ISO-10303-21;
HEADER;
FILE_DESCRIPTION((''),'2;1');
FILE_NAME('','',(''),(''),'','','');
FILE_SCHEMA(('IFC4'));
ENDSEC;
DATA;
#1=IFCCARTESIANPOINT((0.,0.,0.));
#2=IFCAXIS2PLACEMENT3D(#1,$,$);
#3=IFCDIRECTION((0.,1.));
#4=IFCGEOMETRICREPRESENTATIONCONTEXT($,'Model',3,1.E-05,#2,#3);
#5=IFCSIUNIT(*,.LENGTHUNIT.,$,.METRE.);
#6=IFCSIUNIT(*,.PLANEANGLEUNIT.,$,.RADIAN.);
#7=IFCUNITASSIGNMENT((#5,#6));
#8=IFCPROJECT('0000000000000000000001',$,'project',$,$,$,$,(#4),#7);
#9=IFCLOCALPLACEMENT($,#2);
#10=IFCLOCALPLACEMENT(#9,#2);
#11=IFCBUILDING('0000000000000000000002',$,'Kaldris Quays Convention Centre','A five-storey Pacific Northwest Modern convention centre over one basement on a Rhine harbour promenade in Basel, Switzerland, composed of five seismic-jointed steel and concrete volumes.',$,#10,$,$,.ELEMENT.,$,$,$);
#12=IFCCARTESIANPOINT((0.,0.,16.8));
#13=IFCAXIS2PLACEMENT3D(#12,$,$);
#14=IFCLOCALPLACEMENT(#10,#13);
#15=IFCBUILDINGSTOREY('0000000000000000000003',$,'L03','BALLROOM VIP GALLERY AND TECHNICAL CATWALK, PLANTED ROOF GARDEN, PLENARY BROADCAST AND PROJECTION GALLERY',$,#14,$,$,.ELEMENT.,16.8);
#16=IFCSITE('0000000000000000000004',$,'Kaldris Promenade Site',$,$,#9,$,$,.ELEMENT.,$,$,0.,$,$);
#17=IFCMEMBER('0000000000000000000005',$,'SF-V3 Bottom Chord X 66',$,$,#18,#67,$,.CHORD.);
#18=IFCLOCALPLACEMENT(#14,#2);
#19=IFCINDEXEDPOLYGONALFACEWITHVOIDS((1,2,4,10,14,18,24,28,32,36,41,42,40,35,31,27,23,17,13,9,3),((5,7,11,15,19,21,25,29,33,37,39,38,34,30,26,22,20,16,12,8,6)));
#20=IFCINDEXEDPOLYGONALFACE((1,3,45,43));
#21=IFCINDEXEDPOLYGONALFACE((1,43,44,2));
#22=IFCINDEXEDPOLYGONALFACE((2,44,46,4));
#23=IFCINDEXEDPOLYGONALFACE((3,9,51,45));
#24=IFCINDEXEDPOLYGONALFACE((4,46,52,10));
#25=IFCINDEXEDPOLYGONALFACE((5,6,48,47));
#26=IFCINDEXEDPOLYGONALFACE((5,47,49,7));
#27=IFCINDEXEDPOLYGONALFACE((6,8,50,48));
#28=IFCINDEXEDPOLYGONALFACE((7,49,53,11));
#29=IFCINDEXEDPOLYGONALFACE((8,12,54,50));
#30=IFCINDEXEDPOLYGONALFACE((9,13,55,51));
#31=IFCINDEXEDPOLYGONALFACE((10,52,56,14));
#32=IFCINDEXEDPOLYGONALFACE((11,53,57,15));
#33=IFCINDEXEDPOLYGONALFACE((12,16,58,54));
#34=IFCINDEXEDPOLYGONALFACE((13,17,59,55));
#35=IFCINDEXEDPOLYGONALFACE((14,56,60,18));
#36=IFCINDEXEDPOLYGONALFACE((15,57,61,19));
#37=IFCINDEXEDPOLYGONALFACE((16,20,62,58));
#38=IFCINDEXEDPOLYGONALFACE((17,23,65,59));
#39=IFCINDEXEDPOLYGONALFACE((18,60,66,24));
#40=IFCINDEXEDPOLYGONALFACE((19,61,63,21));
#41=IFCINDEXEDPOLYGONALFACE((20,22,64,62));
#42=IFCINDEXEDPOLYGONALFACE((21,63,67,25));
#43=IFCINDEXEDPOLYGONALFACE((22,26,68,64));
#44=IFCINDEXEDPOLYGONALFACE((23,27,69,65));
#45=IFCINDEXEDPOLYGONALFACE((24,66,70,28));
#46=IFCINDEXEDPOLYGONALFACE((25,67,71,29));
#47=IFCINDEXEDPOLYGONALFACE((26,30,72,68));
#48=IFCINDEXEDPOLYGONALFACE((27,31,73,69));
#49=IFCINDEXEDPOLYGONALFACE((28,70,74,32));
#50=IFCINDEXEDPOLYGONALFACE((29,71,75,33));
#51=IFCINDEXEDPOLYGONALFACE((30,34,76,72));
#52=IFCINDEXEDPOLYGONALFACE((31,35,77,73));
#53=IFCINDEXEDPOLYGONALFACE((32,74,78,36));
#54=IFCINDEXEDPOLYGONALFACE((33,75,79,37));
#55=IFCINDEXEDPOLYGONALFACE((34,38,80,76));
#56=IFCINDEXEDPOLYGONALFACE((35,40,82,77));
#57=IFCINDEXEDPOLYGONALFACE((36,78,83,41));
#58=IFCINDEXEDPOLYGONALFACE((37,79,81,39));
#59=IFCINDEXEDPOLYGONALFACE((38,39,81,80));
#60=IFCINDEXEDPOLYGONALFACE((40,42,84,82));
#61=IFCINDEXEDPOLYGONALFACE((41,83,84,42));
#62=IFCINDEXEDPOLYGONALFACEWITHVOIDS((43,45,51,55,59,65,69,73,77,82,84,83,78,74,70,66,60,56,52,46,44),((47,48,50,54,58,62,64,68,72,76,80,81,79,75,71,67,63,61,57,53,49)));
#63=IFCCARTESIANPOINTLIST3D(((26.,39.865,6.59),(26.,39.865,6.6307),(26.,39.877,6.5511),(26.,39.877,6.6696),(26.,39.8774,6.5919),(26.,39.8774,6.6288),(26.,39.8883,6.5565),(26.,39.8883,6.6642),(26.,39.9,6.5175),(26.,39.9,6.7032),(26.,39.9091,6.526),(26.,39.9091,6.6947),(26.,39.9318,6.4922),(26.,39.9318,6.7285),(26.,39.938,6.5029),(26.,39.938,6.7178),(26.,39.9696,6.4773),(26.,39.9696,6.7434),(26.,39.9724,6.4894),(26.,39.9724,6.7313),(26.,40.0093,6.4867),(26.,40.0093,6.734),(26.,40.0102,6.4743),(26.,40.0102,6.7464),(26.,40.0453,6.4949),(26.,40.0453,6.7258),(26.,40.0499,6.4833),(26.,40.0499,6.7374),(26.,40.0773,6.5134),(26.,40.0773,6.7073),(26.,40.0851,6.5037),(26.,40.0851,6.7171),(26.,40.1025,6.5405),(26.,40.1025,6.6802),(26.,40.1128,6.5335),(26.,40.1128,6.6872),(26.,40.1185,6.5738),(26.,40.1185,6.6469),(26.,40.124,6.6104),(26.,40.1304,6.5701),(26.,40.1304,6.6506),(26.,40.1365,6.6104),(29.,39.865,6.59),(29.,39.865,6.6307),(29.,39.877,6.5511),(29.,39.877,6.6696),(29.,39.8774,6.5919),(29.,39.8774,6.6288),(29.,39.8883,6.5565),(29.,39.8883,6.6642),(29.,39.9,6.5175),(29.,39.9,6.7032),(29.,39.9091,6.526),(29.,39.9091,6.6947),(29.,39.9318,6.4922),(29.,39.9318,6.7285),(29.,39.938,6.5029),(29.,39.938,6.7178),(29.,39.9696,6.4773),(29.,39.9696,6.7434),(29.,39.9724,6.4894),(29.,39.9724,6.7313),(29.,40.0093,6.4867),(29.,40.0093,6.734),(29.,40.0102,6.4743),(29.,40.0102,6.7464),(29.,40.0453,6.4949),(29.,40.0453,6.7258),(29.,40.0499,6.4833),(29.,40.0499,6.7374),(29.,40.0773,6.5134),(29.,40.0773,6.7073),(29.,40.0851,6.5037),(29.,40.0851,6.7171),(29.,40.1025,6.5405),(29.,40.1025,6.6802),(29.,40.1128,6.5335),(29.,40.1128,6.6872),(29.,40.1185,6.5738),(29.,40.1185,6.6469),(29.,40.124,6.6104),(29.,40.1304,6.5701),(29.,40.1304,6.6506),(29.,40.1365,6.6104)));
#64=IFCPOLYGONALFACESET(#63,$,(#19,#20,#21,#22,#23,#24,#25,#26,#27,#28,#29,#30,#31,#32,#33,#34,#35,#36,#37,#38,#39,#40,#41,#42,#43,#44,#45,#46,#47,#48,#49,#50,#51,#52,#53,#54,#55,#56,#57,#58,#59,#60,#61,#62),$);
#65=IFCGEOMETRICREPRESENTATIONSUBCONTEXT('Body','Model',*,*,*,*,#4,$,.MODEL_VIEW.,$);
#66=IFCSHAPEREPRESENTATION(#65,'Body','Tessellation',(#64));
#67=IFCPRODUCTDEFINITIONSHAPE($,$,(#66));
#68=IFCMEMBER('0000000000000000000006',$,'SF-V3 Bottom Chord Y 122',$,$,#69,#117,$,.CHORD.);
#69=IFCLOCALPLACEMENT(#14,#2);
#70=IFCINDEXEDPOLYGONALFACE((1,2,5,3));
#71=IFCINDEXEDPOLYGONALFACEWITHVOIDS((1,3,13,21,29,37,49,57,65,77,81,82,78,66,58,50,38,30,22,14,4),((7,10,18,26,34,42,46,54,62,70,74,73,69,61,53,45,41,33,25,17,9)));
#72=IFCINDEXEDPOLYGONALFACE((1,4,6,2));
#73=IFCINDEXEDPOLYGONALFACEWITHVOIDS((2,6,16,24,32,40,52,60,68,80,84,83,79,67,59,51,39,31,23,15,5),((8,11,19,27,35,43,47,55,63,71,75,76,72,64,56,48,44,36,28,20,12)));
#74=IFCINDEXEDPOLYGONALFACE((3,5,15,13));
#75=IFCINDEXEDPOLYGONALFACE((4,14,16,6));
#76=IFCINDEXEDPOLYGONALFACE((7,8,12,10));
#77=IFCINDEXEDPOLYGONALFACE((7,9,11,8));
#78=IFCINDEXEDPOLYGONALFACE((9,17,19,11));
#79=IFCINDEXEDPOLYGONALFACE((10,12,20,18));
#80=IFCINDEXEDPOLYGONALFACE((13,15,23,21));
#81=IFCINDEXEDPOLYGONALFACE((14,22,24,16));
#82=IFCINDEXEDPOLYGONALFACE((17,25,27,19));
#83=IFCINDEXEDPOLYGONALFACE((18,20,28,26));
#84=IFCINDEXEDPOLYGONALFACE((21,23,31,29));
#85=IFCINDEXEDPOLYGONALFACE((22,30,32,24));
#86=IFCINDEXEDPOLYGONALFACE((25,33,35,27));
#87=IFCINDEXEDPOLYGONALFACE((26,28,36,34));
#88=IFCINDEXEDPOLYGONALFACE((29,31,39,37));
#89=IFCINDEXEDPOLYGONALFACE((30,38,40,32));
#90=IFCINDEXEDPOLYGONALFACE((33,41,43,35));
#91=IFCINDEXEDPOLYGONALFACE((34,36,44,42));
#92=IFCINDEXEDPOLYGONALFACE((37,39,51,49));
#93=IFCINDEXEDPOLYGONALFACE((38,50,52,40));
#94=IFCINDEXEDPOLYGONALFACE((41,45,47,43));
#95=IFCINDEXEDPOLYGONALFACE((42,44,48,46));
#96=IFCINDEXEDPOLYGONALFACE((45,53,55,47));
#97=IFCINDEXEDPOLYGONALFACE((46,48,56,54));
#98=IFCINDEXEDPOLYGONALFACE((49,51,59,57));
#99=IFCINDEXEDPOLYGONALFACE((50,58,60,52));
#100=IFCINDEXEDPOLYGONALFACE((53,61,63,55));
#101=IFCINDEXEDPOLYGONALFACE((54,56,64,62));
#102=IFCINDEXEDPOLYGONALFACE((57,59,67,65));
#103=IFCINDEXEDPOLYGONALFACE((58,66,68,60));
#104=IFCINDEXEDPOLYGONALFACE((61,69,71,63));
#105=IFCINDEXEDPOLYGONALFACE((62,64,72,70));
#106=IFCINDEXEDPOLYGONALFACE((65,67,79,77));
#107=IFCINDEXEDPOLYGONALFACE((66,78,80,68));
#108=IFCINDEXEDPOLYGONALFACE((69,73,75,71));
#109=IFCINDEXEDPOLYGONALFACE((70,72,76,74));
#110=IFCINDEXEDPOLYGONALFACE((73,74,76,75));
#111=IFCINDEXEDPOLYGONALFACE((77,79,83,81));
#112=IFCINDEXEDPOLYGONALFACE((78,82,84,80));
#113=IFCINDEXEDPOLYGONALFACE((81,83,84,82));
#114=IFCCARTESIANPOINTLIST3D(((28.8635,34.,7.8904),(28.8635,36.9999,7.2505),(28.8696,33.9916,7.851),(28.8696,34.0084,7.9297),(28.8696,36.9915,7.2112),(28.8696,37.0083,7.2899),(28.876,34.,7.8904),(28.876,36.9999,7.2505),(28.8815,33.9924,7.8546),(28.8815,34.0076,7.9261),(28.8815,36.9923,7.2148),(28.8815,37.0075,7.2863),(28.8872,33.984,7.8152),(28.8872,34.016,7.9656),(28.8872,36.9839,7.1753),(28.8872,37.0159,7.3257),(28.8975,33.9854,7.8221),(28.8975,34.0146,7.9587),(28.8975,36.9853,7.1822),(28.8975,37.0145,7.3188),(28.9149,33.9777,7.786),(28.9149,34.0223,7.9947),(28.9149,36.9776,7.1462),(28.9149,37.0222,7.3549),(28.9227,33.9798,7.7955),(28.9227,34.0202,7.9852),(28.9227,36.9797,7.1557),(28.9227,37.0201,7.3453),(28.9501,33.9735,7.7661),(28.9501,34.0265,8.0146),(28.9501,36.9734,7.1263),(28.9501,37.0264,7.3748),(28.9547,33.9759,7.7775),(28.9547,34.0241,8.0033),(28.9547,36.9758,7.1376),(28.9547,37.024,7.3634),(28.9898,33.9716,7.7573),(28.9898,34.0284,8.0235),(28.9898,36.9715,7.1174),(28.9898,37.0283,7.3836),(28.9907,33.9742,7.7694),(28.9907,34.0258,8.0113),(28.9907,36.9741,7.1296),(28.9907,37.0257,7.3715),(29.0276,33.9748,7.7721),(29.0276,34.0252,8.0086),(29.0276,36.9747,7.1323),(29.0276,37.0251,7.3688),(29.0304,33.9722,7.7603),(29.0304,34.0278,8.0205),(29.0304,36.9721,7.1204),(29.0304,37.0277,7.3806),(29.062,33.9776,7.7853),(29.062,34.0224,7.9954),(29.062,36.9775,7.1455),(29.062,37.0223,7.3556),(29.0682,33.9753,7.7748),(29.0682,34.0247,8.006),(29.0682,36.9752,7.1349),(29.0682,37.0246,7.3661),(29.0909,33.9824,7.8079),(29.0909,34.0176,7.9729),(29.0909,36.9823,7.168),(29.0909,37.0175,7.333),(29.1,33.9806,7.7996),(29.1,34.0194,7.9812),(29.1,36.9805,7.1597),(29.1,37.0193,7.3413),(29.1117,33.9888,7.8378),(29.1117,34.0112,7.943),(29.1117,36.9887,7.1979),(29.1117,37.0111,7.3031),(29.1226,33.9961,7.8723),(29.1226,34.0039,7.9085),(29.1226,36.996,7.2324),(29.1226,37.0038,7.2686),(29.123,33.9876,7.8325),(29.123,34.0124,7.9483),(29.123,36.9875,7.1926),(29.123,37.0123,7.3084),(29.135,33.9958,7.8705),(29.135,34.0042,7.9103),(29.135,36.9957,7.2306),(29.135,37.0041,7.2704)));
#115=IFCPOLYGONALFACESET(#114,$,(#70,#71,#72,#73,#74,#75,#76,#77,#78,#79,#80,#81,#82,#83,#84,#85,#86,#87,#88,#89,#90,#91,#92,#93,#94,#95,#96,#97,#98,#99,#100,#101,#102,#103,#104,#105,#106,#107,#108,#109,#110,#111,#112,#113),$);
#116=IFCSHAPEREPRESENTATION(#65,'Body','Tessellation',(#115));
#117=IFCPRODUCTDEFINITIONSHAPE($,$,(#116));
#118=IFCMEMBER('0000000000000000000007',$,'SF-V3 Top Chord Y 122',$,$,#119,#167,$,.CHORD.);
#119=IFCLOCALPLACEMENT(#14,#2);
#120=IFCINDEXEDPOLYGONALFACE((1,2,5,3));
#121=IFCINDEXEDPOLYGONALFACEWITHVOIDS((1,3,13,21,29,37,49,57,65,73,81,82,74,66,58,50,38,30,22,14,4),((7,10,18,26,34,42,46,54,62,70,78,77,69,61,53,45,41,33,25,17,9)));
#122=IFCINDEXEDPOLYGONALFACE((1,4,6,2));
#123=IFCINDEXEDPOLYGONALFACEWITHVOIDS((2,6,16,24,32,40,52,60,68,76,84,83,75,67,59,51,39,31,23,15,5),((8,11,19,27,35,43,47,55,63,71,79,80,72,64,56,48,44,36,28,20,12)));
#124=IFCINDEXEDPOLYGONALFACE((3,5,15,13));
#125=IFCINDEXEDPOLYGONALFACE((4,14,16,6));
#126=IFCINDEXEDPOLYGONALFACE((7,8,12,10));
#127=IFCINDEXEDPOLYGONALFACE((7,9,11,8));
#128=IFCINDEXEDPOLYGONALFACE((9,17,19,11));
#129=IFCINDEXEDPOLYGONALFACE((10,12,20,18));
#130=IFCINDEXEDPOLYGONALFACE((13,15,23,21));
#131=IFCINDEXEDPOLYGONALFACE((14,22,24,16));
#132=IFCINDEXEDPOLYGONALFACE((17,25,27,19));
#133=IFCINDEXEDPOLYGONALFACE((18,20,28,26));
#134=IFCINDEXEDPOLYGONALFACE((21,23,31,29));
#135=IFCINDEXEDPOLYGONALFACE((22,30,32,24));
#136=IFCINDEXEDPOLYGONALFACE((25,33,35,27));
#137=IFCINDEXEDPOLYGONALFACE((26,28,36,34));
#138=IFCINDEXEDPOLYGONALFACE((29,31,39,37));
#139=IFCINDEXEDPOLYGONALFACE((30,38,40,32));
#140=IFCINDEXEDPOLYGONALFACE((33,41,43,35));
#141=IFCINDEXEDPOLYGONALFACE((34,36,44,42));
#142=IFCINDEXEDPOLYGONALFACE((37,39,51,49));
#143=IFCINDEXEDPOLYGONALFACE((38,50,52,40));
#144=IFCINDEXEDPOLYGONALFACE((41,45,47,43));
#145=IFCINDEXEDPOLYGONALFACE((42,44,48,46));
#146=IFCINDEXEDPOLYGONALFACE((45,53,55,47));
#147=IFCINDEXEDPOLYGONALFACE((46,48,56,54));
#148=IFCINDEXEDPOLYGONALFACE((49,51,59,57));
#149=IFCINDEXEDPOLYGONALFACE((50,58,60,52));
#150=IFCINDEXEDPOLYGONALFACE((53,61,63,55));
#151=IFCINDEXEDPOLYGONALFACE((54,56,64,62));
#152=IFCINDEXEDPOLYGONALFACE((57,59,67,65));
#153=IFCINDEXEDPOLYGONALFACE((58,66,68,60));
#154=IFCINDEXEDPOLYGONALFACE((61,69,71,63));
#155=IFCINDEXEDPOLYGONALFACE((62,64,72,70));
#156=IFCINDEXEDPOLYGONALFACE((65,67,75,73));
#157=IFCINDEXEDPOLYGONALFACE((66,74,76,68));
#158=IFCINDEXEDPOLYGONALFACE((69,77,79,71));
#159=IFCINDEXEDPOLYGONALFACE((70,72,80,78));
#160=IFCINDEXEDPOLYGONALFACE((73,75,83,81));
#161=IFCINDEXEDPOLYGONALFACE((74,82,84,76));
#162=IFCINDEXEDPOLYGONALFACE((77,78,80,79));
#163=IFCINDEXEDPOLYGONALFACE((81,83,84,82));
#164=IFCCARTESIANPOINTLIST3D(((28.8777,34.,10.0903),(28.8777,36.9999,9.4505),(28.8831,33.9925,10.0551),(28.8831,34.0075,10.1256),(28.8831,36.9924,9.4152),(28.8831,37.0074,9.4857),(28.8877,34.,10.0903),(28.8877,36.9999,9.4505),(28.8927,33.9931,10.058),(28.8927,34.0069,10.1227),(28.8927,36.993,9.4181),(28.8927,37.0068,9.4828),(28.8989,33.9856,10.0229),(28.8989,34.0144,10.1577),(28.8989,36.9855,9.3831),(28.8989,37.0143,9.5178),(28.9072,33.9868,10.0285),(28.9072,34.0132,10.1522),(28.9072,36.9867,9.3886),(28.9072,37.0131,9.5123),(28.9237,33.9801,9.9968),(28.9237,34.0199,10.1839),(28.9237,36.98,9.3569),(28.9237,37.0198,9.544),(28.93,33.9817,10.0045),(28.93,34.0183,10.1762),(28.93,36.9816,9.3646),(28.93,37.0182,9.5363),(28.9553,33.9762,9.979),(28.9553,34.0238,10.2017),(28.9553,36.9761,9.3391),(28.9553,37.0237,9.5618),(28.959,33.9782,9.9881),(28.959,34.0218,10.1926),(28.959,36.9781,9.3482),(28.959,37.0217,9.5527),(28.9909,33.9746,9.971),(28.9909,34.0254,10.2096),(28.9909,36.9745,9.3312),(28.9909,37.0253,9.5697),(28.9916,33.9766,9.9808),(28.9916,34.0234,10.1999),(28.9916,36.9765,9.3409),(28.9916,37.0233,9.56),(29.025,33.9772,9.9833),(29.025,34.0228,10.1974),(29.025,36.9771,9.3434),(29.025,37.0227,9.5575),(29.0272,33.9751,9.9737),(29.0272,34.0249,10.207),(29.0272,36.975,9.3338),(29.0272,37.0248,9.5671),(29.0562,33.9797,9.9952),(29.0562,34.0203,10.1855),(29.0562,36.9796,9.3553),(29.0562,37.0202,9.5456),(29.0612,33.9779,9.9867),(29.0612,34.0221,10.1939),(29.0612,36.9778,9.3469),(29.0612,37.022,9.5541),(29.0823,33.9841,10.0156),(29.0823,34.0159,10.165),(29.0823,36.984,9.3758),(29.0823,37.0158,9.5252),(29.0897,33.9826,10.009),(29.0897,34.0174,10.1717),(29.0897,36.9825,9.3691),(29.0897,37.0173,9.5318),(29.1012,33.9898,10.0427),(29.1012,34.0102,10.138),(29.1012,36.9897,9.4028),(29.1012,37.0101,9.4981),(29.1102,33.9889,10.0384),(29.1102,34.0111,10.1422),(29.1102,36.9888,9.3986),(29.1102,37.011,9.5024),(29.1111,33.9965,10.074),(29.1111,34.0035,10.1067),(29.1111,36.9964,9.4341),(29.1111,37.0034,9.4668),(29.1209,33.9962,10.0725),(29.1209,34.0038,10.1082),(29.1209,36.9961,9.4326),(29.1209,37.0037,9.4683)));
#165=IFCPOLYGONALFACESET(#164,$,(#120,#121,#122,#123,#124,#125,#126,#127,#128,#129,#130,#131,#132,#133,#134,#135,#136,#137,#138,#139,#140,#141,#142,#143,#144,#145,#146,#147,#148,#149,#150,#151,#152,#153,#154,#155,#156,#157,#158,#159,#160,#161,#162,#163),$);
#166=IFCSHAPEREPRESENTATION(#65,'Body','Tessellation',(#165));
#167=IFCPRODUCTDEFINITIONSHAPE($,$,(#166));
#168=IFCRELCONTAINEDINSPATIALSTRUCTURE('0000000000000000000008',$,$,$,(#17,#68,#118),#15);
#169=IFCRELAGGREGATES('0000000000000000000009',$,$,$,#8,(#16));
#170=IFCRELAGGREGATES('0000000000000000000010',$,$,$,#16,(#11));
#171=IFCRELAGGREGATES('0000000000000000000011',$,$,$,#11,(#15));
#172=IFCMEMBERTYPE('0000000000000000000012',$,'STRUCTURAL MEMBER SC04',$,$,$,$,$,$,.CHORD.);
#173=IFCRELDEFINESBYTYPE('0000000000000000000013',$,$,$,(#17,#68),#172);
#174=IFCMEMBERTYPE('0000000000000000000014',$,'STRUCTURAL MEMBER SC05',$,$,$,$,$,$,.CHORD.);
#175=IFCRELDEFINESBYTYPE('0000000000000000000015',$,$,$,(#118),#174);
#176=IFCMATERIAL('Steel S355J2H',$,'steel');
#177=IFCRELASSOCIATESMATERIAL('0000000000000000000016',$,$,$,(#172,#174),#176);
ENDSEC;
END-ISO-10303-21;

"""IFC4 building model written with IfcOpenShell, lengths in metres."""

from ifc_helpers import new_model, si_unit, direction, frame, origin, origin_2d, place, context, subcontext, project, spatial, hollow_circle, extrude, material, material_profile, profile_set, type_object, element, save


model = new_model("IFC4")

# Units and contexts
model_context = context("Model", 3, precision=1e-05, world=origin(), true_north=direction((0.0, 1.0)))
body_context = subcontext(model_context, "Body", "Model", "MODEL_VIEW")
ifc_project = project(units=[si_unit("LENGTHUNIT", "METRE"), si_unit("PLANEANGLEUNIT", "RADIAN")], contexts=[model_context])

# Site, building, storey
site_placement = place(None, origin())
site = spatial("IfcSite", under=ifc_project, at=site_placement, Name="Kaldris Promenade Site", CompositionType="ELEMENT", RefElevation=0.0)
building_placement = place(site_placement, origin())
building = spatial("IfcBuilding", under=site, at=building_placement, Name="Kaldris Quays Convention Centre", Description="A five-storey Pacific Northwest Modern convention centre over one basement on a Rhine harbour promenade in Basel, Switzerland, composed of five seismic-jointed steel and concrete volumes.", CompositionType="ELEMENT")
storey_placement = place(building_placement, frame((0.0, 0.0, 16.8)))
storey = spatial("IfcBuildingStorey", under=building, at=storey_placement, Name="L03", Description="BALLROOM VIP GALLERY AND TECHNICAL CATWALK, PLANTED ROOF GARDEN, PLENARY BROADCAST AND PROJECTION GALLERY", CompositionType="ELEMENT", Elevation=16.8)

# Members
ifc_material_1 = material(Name="Steel S355J2H", Category="steel")
ifc_material_profile_1 = material_profile(ifc_material_1, hollow_circle(Radius=0.1365, WallThickness=0.0125, at=origin_2d()), Name="CHS 273x12.5")
ifc_profile_set_1 = profile_set([ifc_material_profile_1], Name="Steel S355J2H")
member_type_1 = type_object("IfcMemberType", Name="STRUCTURAL MEMBER SC04", PredefinedType="CHORD", material=ifc_profile_set_1)
for number, where, z_axis, x_axis, name in (
    (1, (26.0, 40.0, 6.6104), (1.0, 0.0, 0.0), (0.0, 1.0, 0.0), "SF-V3 Bottom Chord X 66"),
):
    element("IfcMember", number, at=place(storey_placement, frame(where, z_axis=z_axis, x_axis=x_axis)), inside=storey, type_object=member_type_1, Name=name, PredefinedType="CHORD", context=body_context, shape_type="SweptSolid", body=[
        extrude(hollow_circle(Radius=0.1365, WallThickness=0.0125, at=origin_2d()), origin(), (0.0, 0.0, 1.0), 3.0),
    ])
member_1_placement = place(storey_placement, frame((29.0, 34.0, 7.8904), z_axis=(0.0, 0.978, -0.208605), x_axis=(-1.0, 0.0, 0.0)))
element("IfcMember", 2, at=member_1_placement, inside=storey, type_object=member_type_1, Name="SF-V3 Bottom Chord Y 122", PredefinedType="CHORD", context=body_context, shape_type="SweptSolid", body=[
    extrude(hollow_circle(Radius=0.1365, WallThickness=0.0125, at=origin_2d()), origin(), (0.0, 0.0, 1.0), 3.0674),
])
ifc_material_profile_2 = material_profile(ifc_material_1, hollow_circle(Radius=0.1223, WallThickness=0.01, at=origin_2d()), Name="CHS 244.5x10")
ifc_profile_set_2 = profile_set([ifc_material_profile_2], Name="Steel S355J2H")
member_type_2 = type_object("IfcMemberType", Name="STRUCTURAL MEMBER SC05", PredefinedType="CHORD", material=ifc_profile_set_2)
member_2_placement = place(storey_placement, frame((29.0, 34.0, 10.0903), z_axis=(0.0, 0.978, -0.208605), x_axis=(-1.0, 0.0, 0.0)))
element("IfcMember", 3, at=member_2_placement, inside=storey, type_object=member_type_2, Name="SF-V3 Top Chord Y 122", PredefinedType="CHORD", context=body_context, shape_type="SweptSolid", body=[
    extrude(hollow_circle(Radius=0.1223, WallThickness=0.01, at=origin_2d()), origin(), (0.0, 0.0, 1.0), 3.0674),
])

save(model, "model.ifc")
